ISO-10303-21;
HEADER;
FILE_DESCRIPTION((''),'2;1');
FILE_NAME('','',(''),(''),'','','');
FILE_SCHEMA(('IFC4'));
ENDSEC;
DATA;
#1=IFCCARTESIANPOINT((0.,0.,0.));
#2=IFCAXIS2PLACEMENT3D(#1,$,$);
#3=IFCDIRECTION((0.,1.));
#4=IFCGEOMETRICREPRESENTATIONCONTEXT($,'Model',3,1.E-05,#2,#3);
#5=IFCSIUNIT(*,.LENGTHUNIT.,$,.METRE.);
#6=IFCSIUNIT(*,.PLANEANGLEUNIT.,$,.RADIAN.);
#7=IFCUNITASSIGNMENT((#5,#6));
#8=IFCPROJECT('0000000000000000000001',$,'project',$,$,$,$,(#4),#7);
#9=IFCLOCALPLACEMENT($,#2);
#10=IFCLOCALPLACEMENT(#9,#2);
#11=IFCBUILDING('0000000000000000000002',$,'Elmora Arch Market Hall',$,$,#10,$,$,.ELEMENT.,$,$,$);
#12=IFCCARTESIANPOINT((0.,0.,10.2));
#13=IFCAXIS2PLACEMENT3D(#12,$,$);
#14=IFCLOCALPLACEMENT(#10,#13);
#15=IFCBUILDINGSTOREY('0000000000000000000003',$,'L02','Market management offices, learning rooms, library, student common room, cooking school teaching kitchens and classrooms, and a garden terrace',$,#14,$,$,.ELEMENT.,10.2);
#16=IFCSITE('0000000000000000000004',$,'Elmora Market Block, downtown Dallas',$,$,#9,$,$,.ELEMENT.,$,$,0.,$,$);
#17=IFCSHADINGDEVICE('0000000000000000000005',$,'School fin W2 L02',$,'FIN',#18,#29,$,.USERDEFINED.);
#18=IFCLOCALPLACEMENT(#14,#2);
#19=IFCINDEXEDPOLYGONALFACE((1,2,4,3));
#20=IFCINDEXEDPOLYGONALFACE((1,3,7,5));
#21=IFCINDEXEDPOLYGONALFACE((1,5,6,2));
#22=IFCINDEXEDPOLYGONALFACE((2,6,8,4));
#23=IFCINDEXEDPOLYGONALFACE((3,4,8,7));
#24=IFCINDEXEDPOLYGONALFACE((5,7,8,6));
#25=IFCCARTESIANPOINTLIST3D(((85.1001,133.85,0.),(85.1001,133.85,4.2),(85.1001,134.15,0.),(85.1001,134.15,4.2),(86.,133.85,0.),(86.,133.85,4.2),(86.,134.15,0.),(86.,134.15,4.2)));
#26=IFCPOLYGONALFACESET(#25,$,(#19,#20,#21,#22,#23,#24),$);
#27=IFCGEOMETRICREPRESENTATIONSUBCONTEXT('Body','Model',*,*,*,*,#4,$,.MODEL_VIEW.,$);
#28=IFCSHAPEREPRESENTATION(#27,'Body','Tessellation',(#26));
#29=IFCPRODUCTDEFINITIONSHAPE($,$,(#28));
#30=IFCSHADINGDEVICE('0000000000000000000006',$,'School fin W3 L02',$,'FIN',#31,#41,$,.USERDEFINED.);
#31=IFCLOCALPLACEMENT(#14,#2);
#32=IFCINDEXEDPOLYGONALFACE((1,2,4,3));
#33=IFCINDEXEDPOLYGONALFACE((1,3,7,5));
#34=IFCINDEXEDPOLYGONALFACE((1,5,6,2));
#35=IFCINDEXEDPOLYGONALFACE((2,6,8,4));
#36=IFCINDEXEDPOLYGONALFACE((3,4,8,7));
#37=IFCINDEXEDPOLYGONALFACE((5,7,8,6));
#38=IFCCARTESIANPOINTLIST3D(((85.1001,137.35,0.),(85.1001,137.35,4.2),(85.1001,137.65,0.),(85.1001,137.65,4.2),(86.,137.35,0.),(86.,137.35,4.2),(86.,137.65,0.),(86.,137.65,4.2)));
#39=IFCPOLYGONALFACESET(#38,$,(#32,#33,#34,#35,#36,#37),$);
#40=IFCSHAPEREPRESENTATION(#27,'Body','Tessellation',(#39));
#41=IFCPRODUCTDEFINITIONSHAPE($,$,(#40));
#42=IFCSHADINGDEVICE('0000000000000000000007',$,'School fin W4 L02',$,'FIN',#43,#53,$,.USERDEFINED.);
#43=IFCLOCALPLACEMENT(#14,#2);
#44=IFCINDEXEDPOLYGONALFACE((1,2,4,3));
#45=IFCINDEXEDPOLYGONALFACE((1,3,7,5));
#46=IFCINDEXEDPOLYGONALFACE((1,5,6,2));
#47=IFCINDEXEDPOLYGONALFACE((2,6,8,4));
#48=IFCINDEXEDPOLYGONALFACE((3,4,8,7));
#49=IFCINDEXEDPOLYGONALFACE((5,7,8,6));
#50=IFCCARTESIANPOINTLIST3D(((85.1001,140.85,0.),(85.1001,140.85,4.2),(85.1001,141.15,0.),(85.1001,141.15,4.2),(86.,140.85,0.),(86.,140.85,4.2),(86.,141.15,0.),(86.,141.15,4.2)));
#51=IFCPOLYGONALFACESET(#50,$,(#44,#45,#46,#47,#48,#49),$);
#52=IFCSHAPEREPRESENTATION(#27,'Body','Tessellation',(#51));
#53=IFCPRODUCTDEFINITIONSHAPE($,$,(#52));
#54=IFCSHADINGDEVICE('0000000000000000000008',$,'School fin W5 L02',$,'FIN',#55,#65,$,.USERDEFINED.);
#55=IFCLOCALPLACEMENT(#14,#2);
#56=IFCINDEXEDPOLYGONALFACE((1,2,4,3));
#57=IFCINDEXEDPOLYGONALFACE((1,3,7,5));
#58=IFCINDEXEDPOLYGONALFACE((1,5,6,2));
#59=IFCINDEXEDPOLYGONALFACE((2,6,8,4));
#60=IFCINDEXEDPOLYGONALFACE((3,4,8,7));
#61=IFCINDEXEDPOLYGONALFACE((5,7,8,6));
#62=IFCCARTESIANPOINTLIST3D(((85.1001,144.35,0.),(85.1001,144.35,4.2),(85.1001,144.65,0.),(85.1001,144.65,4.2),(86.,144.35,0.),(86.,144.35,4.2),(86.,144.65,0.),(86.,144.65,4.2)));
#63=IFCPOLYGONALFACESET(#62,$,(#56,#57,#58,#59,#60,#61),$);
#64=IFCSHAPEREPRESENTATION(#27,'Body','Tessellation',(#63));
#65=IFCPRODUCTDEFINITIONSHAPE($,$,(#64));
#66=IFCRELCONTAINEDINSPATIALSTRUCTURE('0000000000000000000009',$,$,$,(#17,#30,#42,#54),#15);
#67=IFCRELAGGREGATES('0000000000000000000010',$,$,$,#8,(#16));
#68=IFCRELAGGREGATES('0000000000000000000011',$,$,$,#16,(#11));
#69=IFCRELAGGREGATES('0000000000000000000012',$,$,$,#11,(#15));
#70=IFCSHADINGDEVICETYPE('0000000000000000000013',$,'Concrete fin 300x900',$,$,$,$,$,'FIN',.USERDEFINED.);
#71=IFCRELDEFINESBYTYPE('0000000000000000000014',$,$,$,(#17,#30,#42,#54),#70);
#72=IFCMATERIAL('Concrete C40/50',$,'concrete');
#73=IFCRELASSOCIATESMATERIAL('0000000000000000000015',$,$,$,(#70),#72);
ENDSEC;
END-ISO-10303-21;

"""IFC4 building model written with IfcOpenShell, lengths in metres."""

from ifc_helpers import new_model, si_unit, direction, frame, origin, origin_2d, place, context, subcontext, project, spatial, rectangle, extrude, material, type_object, element, save


model = new_model("IFC4")

# Units and contexts
model_context = context("Model", 3, precision=1e-05, world=origin(), true_north=direction((0.0, 1.0)))
body_context = subcontext(model_context, "Body", "Model", "MODEL_VIEW")
ifc_project = project(units=[si_unit("LENGTHUNIT", "METRE"), si_unit("PLANEANGLEUNIT", "RADIAN")], contexts=[model_context])

# Site, building, storey
site_placement = place(None, origin())
site = spatial("IfcSite", under=ifc_project, at=site_placement, Name="Elmora Market Block, downtown Dallas", CompositionType="ELEMENT", RefElevation=0.0)
building_placement = place(site_placement, origin())
building = spatial("IfcBuilding", under=site, at=building_placement, Name="Elmora Arch Market Hall", CompositionType="ELEMENT")
storey_placement = place(building_placement, frame((0.0, 0.0, 10.2)))
storey = spatial("IfcBuildingStorey", under=building, at=storey_placement, Name="L02", Description="Market management offices, learning rooms, library, student common room, cooking school teaching kitchens and classrooms, and a garden terrace", CompositionType="ELEMENT", Elevation=10.2)

# Shading devices
ifc_material_1 = material(Name="Concrete C40/50", Category="concrete")
shading_device_type_1 = type_object("IfcShadingDeviceType", Name="Concrete fin 300x900", ElementType="FIN", PredefinedType="USERDEFINED", material=ifc_material_1)
for number, where, z_axis, x_axis, name in (
    (1, (85.55, 134.0, 0.0), (0.0, 0.0, 1.0), (1.0, 0.0, 0.0), "School fin W2 L02"),
    (2, (85.55, 137.5, 0.0), (0.0, 0.0, 1.0), (1.0, 0.0, 0.0), "School fin W3 L02"),
    (3, (85.55, 141.0, 0.0), (0.0, 0.0, 1.0), (1.0, 0.0, 0.0), "School fin W4 L02"),
    (4, (85.55, 144.5, 0.0), (0.0, 0.0, 1.0), (1.0, 0.0, 0.0), "School fin W5 L02"),
):
    element("IfcShadingDevice", number, at=place(storey_placement, frame(where, z_axis=z_axis, x_axis=x_axis)), inside=storey, type_object=shading_device_type_1, Name=name, ObjectType="FIN", PredefinedType="USERDEFINED", context=body_context, shape_type="SweptSolid", body=[
        extrude(rectangle(XDim=0.8999, YDim=0.3, at=origin_2d()), origin(), (0.0, 0.0, 1.0), 4.2),
    ])

save(model, "model.ifc")
